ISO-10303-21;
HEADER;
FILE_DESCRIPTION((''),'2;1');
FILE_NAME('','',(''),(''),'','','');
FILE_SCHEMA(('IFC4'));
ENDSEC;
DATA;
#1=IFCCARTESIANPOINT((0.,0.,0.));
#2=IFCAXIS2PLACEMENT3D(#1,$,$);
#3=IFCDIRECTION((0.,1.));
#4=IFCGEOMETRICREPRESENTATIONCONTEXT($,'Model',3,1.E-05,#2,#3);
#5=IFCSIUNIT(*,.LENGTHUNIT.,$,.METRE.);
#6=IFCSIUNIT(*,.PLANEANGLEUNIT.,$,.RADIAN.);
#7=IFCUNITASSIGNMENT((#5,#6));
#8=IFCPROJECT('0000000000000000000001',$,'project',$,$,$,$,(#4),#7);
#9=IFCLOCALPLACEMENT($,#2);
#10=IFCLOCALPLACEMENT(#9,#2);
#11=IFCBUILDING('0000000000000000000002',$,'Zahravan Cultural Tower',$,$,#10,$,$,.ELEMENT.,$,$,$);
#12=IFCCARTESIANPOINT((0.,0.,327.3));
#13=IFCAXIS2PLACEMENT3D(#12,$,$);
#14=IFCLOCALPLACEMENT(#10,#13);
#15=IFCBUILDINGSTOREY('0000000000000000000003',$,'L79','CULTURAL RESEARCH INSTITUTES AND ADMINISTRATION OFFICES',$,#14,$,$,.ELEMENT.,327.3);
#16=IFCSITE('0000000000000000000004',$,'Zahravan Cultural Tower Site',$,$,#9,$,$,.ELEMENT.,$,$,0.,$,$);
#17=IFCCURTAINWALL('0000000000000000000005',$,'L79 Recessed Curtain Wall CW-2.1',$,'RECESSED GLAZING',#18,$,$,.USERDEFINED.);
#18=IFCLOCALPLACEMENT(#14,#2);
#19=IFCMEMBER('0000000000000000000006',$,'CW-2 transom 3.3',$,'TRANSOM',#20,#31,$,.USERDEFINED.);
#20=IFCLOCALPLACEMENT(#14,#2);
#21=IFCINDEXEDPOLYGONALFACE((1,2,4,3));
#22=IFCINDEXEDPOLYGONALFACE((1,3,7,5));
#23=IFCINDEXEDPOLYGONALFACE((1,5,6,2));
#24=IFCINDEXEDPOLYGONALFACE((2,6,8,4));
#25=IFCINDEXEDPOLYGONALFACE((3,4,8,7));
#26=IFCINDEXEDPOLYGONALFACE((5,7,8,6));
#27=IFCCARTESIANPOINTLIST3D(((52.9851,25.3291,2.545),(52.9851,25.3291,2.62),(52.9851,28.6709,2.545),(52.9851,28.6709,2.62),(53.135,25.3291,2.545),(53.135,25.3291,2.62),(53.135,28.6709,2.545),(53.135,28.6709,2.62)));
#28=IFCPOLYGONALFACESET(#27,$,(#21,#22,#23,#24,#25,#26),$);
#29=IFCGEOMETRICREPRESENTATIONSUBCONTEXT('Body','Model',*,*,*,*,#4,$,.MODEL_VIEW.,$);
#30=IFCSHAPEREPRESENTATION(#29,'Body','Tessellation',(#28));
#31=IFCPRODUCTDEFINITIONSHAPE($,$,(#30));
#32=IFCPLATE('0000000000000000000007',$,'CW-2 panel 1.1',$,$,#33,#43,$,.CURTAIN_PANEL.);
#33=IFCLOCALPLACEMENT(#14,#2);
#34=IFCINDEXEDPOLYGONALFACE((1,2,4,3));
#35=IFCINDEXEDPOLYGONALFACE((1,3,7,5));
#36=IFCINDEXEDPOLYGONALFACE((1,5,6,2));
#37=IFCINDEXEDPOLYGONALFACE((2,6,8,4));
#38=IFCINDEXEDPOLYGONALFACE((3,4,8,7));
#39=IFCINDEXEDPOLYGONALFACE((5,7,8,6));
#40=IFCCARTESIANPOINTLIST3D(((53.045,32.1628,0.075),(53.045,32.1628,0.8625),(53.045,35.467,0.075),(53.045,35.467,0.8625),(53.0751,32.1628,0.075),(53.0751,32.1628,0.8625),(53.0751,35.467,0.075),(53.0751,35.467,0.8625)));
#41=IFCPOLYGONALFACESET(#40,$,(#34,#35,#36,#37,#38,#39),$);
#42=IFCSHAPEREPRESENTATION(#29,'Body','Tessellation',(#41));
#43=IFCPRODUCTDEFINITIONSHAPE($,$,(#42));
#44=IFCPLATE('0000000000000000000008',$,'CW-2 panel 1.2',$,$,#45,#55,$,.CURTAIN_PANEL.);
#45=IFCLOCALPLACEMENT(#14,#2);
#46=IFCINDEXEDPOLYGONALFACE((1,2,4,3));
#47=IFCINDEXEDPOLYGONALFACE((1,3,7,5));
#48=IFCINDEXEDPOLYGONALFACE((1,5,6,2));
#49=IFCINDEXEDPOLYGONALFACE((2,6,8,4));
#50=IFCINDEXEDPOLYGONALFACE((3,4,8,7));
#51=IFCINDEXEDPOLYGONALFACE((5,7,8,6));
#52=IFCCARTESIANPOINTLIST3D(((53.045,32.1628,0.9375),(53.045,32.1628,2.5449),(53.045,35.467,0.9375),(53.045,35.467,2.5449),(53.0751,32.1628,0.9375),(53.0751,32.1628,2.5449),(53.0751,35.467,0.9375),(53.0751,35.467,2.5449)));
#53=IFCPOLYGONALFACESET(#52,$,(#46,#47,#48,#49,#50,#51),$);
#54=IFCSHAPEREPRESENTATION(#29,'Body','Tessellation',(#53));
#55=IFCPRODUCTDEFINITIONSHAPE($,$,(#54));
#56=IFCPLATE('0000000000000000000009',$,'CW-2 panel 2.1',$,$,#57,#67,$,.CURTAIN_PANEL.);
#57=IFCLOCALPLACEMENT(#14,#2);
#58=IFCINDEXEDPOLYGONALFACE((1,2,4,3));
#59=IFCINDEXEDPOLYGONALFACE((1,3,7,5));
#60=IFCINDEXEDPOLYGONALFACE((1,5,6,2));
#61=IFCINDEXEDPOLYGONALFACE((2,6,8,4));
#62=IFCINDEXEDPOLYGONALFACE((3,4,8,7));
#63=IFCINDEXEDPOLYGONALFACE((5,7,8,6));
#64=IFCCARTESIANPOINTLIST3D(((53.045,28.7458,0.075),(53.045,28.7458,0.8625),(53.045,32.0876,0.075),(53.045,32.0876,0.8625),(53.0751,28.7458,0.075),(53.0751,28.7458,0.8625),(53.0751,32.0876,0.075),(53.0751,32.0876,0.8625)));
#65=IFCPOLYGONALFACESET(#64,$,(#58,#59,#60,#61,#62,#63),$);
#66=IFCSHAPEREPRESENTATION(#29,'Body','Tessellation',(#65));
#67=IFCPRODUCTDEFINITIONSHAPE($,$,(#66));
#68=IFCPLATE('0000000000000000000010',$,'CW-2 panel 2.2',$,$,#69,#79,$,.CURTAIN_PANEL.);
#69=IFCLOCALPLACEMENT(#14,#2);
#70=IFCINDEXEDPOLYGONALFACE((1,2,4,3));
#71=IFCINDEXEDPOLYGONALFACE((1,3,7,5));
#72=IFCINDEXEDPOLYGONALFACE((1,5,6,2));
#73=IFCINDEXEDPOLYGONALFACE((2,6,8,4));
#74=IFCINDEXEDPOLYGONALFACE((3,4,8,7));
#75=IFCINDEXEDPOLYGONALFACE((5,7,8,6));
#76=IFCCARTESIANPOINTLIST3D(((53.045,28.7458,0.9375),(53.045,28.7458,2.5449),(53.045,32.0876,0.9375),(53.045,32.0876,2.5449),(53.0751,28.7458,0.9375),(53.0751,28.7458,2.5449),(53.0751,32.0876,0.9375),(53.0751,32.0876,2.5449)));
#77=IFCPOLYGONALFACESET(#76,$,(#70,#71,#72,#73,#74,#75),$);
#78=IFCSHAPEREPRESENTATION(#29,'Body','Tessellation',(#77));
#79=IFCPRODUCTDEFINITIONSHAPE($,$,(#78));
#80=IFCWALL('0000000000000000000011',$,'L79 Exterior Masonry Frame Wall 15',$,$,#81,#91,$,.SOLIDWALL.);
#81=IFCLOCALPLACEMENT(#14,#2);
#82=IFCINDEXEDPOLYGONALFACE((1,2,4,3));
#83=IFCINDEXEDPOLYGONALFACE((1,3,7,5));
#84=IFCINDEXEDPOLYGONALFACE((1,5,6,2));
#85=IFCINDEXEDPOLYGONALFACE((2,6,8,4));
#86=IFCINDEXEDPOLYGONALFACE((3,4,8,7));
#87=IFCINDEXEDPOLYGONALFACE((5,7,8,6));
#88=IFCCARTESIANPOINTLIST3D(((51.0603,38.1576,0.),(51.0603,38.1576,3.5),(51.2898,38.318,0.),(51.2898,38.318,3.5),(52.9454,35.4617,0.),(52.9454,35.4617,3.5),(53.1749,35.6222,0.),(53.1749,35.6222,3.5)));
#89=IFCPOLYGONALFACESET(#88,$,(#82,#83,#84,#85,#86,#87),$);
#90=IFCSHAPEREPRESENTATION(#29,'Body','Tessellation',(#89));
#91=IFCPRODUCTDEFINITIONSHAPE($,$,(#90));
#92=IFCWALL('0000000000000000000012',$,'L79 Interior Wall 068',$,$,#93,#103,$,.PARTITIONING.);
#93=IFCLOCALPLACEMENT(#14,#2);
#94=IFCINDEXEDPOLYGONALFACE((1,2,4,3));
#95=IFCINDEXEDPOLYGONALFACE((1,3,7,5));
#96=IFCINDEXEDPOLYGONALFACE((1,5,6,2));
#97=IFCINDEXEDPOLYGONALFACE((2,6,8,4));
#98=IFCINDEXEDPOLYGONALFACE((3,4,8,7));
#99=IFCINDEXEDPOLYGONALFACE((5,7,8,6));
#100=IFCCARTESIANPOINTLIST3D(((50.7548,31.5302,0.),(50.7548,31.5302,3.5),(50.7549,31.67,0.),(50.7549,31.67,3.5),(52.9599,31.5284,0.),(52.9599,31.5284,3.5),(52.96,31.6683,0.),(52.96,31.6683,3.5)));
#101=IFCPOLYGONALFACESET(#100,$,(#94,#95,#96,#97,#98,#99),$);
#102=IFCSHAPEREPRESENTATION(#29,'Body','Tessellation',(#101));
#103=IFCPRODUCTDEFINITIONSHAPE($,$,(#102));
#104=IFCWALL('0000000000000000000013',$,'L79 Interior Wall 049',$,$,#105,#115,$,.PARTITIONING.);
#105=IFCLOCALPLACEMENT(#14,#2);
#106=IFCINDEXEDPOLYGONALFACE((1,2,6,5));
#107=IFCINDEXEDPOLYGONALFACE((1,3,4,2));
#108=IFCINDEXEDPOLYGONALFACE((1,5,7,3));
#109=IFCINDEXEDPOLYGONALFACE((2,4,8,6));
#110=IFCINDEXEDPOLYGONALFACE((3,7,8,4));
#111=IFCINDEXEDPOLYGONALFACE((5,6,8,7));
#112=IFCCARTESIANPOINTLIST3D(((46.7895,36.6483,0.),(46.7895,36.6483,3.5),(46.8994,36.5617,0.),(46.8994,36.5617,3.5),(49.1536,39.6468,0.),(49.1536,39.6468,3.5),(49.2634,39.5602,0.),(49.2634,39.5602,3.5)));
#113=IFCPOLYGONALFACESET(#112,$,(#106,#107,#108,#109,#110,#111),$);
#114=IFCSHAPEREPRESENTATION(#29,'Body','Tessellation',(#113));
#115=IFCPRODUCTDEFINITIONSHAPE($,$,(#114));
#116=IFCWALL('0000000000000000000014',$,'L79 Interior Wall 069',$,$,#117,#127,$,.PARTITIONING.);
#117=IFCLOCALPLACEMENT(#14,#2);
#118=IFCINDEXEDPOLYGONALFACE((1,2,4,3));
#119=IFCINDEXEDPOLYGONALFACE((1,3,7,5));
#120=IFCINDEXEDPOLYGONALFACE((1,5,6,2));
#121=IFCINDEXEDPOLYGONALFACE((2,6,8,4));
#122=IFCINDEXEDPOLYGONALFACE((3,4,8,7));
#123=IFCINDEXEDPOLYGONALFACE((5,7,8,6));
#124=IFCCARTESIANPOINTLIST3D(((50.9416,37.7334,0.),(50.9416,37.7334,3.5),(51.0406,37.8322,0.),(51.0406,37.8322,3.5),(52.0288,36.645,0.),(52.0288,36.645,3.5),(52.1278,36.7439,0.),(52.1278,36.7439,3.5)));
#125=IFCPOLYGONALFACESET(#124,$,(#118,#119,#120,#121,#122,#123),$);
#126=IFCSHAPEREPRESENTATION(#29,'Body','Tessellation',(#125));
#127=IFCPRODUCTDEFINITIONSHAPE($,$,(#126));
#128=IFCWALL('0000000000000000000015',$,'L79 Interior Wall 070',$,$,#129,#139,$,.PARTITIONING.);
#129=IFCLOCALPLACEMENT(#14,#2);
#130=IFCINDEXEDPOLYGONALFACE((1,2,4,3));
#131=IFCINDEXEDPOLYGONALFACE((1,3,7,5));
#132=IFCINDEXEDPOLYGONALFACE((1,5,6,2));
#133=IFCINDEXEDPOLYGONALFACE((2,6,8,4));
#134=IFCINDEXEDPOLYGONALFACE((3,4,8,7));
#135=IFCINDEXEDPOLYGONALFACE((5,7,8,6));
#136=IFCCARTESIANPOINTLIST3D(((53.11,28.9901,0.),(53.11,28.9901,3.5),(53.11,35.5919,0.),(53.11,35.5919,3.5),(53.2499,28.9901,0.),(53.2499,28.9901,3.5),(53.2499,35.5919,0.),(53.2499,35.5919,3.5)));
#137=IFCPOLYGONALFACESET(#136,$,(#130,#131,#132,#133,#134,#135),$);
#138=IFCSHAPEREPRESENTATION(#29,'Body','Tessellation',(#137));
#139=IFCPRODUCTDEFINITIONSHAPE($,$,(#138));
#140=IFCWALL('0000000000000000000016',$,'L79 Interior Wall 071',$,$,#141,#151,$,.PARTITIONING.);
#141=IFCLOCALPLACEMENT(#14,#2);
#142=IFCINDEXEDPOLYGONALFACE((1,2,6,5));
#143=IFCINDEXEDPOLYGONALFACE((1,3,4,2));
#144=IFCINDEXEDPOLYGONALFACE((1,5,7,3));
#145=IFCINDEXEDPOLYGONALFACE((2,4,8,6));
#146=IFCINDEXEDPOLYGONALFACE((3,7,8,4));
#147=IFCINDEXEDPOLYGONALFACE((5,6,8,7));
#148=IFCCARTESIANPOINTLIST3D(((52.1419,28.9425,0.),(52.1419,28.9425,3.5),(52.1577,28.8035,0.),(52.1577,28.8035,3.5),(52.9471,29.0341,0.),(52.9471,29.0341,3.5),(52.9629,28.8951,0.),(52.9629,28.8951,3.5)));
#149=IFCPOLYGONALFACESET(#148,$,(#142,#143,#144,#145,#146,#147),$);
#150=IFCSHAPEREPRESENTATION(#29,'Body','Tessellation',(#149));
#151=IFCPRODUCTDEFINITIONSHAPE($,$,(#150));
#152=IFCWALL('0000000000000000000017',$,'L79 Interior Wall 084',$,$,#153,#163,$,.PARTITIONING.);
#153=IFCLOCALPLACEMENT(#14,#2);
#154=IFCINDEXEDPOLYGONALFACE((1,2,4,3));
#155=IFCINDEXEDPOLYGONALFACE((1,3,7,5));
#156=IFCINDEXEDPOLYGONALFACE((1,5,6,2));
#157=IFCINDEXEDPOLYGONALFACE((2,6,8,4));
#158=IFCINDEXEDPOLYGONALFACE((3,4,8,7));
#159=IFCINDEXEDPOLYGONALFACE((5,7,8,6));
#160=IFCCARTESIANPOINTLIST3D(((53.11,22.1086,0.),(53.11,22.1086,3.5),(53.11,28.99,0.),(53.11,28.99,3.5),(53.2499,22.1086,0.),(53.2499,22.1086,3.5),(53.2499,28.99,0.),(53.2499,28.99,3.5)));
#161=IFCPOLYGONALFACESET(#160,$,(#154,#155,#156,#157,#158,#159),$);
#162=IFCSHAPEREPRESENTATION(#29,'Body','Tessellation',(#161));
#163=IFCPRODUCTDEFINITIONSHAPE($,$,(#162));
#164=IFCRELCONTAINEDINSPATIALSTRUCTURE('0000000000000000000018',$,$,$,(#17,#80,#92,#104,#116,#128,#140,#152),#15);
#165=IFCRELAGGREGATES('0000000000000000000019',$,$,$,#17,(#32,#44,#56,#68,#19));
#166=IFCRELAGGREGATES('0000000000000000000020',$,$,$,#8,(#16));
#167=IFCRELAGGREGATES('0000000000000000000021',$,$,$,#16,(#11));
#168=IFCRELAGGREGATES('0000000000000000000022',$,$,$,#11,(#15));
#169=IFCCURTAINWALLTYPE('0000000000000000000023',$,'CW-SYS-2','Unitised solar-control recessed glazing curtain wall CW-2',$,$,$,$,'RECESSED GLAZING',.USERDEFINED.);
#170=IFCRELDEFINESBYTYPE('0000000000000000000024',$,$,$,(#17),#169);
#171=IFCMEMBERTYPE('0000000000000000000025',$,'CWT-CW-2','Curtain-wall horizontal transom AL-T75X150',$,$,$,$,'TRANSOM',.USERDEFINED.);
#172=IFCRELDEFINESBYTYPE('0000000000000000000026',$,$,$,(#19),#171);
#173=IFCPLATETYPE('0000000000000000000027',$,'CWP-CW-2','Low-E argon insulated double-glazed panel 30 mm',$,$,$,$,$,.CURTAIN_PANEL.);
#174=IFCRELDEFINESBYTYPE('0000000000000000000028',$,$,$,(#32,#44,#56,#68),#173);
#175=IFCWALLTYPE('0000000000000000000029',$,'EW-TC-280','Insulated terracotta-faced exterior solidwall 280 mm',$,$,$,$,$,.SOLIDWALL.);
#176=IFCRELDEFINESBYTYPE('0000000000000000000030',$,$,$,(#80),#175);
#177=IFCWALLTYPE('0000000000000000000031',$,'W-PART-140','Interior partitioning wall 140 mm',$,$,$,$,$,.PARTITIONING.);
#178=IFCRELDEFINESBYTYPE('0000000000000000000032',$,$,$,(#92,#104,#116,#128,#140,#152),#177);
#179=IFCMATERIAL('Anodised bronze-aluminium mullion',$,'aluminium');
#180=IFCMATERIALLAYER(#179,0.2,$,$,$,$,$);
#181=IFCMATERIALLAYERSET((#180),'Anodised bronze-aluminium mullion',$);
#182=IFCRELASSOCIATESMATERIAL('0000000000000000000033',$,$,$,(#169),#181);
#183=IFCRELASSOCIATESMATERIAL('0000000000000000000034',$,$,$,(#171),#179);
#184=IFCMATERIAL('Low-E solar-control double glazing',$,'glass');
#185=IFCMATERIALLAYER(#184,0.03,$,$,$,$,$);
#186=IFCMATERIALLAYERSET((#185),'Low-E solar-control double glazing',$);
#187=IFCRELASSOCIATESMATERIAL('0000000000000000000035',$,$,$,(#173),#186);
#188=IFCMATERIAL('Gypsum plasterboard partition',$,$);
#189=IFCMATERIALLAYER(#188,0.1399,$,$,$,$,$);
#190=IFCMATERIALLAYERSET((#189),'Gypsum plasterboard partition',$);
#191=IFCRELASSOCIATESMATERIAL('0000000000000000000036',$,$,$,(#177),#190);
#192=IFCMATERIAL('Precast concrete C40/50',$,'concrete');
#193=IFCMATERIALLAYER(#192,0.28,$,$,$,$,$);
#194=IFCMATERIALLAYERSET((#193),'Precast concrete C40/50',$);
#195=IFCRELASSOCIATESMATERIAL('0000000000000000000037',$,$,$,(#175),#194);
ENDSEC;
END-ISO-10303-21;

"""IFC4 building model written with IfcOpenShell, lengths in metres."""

from ifc_helpers import new_model, si_unit, direction, frame, frame_2d, origin, origin_2d, place, context, subcontext, project, spatial, rectangle, extrude, source, transform, mapped, material, layer, layer_set, material_profile, profile_set, type_object, element, aggregate, save


model = new_model("IFC4")

# Units and contexts
model_context = context("Model", 3, precision=1e-05, world=origin(), true_north=direction((0.0, 1.0)))
body_context = subcontext(model_context, "Body", "Model", "MODEL_VIEW")
ifc_project = project(units=[si_unit("LENGTHUNIT", "METRE"), si_unit("PLANEANGLEUNIT", "RADIAN")], contexts=[model_context])

# Site, building, storey
site_placement = place(None, origin())
site = spatial("IfcSite", under=ifc_project, at=site_placement, Name="Zahravan Cultural Tower Site", CompositionType="ELEMENT", RefElevation=0.0)
building_placement = place(site_placement, origin())
building = spatial("IfcBuilding", under=site, at=building_placement, Name="Zahravan Cultural Tower", CompositionType="ELEMENT")
storey_placement = place(building_placement, frame((0.0, 0.0, 327.3)))
storey = spatial("IfcBuildingStorey", under=building, at=storey_placement, Name="L79", Description="CULTURAL RESEARCH INSTITUTES AND ADMINISTRATION OFFICES", CompositionType="ELEMENT", Elevation=327.3)

# Curtain wall, member, plates
ifc_material_1 = material(Name="Anodised bronze-aluminium mullion", Category="aluminium")
ifc_layer_1 = layer(ifc_material_1, 0.2)
ifc_layer_set_1 = layer_set([ifc_layer_1], Name="Anodised bronze-aluminium mullion")
curtain_wall_type = type_object("IfcCurtainWallType", Name="CW-SYS-2", Description="Unitised solar-control recessed glazing curtain wall CW-2", ElementType="RECESSED GLAZING", PredefinedType="USERDEFINED", material=ifc_layer_set_1)
curtain_wall_placement = place(storey_placement, origin())
curtain_wall = element("IfcCurtainWall", 1, at=curtain_wall_placement, inside=storey, type_object=curtain_wall_type, Name="L79 Recessed Curtain Wall CW-2.1", ObjectType="RECESSED GLAZING", PredefinedType="USERDEFINED")
ifc_material_profile_1 = material_profile(ifc_material_1, rectangle(XDim=0.1499, YDim=0.075, at=origin_2d()), Name="AL-T75X150")
ifc_profile_set_1 = profile_set([ifc_material_profile_1], Name="Anodised bronze-aluminium mullion")
member_type_1 = type_object("IfcMemberType", Name="CWT-CW-2", Description="Curtain-wall horizontal transom AL-T75X150", ElementType="TRANSOM", PredefinedType="USERDEFINED", material=ifc_profile_set_1)
shared_shape_1 = source(origin(), body_context, "Body", "SweptSolid", [
    extrude(rectangle(XDim=0.1499, YDim=0.075, at=origin_2d()), origin(), (0.0, 0.0, 1.0), 3.3418),
])
member_1_placement = place(storey_placement, frame((53.0601, 28.6709, 2.5825), z_axis=(0.0, -1.0, 0.0), x_axis=(1.0, 0.0, 0.0)))
member_1 = element("IfcMember", 2, at=member_1_placement, type_object=member_type_1, Name="CW-2 transom 3.3", ObjectType="TRANSOM", PredefinedType="USERDEFINED", context=body_context, shape_type="MappedRepresentation", body=[
    mapped(shared_shape_1, transform((0.0, 0.0, 0.0), x_axis=(1.0, 0.0, 0.0), y_axis=(0.0, 1.0, 0.0), z_axis=(0.0, 0.0, 1.0), scale=1.0)),
])
ifc_material_2 = material(Name="Low-E solar-control double glazing", Category="glass")
ifc_layer_2 = layer(ifc_material_2, 0.03)
ifc_layer_set_2 = layer_set([ifc_layer_2], Name="Low-E solar-control double glazing")
plate_type = type_object("IfcPlateType", Name="CWP-CW-2", Description="Low-E argon insulated double-glazed panel 30 mm", PredefinedType="CURTAIN_PANEL", material=ifc_layer_set_2)
shared_shape_2 = source(origin(), body_context, "Body", "SweptSolid", [
    extrude(rectangle(XDim=3.3042, YDim=0.03, at=origin_2d()), origin(), (0.0, 0.0, 1.0), 0.7876),
])
plate_1_placement = place(storey_placement, frame((53.0601, 33.8149, 0.075), z_axis=(0.0, 0.0, 1.0), x_axis=(0.0, -1.0, 0.0)))
plate_1 = element("IfcPlate", 3, at=plate_1_placement, type_object=plate_type, Name="CW-2 panel 1.1", PredefinedType="CURTAIN_PANEL", context=body_context, shape_type="MappedRepresentation", body=[
    mapped(shared_shape_2, transform((0.0, 0.0, 0.0), x_axis=(1.0, 0.0, 0.0), y_axis=(0.0, 1.0, 0.0), z_axis=(0.0, 0.0, 1.0), scale=1.0)),
])
shared_shape_3 = source(origin(), body_context, "Body", "SweptSolid", [
    extrude(rectangle(XDim=3.3042, YDim=0.03, at=origin_2d()), origin(), (0.0, 0.0, 1.0), 1.6074),
])
plate_2_placement = place(storey_placement, frame((53.0601, 33.8149, 0.9375), z_axis=(0.0, 0.0, 1.0), x_axis=(0.0, -1.0, 0.0)))
plate_2 = element("IfcPlate", 4, at=plate_2_placement, type_object=plate_type, Name="CW-2 panel 1.2", PredefinedType="CURTAIN_PANEL", context=body_context, shape_type="MappedRepresentation", body=[
    mapped(shared_shape_3, transform((0.0, 0.0, 0.0), x_axis=(1.0, 0.0, 0.0), y_axis=(0.0, 1.0, 0.0), z_axis=(0.0, 0.0, 1.0), scale=1.0)),
])
shared_shape_4 = source(origin(), body_context, "Body", "SweptSolid", [
    extrude(rectangle(XDim=3.3418, YDim=0.03, at=origin_2d()), origin(), (0.0, 0.0, 1.0), 0.7876),
])
plate_3_placement = place(storey_placement, frame((53.0601, 30.4167, 0.075), z_axis=(0.0, 0.0, 1.0), x_axis=(0.0, -1.0, 0.0)))
plate_3 = element("IfcPlate", 5, at=plate_3_placement, type_object=plate_type, Name="CW-2 panel 2.1", PredefinedType="CURTAIN_PANEL", context=body_context, shape_type="MappedRepresentation", body=[
    mapped(shared_shape_4, transform((0.0, 0.0, 0.0), x_axis=(1.0, 0.0, 0.0), y_axis=(0.0, 1.0, 0.0), z_axis=(0.0, 0.0, 1.0), scale=1.0)),
])
shared_shape_5 = source(origin(), body_context, "Body", "SweptSolid", [
    extrude(rectangle(XDim=3.3418, YDim=0.03, at=origin_2d()), origin(), (0.0, 0.0, 1.0), 1.6074),
])
plate_4_placement = place(storey_placement, frame((53.0601, 30.4167, 0.9375), z_axis=(0.0, 0.0, 1.0), x_axis=(0.0, -1.0, 0.0)))
plate_4 = element("IfcPlate", 6, at=plate_4_placement, type_object=plate_type, Name="CW-2 panel 2.2", PredefinedType="CURTAIN_PANEL", context=body_context, shape_type="MappedRepresentation", body=[
    mapped(shared_shape_5, transform((0.0, 0.0, 0.0), x_axis=(1.0, 0.0, 0.0), y_axis=(0.0, 1.0, 0.0), z_axis=(0.0, 0.0, 1.0), scale=1.0)),
])
aggregate(curtain_wall, [plate_1, plate_2, plate_3, plate_4, member_1])

# Shared definitions
ifc_material_3 = material(Name="Gypsum plasterboard partition")
ifc_layer_3 = layer(ifc_material_3, 0.1399)
ifc_layer_set_3 = layer_set([ifc_layer_3], Name="Gypsum plasterboard partition")
wall_type_1 = type_object("IfcWallType", Name="W-PART-140", Description="Interior partitioning wall 140 mm", PredefinedType="PARTITIONING", material=ifc_layer_set_3)

# Walls
ifc_material_4 = material(Name="Precast concrete C40/50", Category="concrete")
ifc_layer_4 = layer(ifc_material_4, 0.28)
ifc_layer_set_4 = layer_set([ifc_layer_4], Name="Precast concrete C40/50")
wall_type_2 = type_object("IfcWallType", Name="EW-TC-280", Description="Insulated terracotta-faced exterior solidwall 280 mm", PredefinedType="SOLIDWALL", material=ifc_layer_set_4)
shared_shape_6 = source(origin(), body_context, "Body", "SweptSolid", [
    extrude(rectangle(XDim=3.2896, YDim=0.28, at=frame_2d((1.6448, 0.0))), origin(), (0.0, 0.0, 1.0), 3.5),
])
wall_1_placement = place(storey_placement, frame((51.175, 38.2378, 0.0), z_axis=(0.0, 0.0, 1.0), x_axis=(0.573044, -0.819525, 0.0)))
element("IfcWall", 7, at=wall_1_placement, inside=storey, type_object=wall_type_2, Name="L79 Exterior Masonry Frame Wall 15", PredefinedType="SOLIDWALL", context=body_context, shape_type="MappedRepresentation", body=[
    mapped(shared_shape_6, transform((0.0, 0.0, 0.0), x_axis=(1.0, 0.0, 0.0), y_axis=(0.0, 1.0, 0.0), z_axis=(0.0, 0.0, 1.0), scale=1.0)),
])
shared_shape_7 = source(origin(), body_context, "Body", "SweptSolid", [
    extrude(rectangle(XDim=2.2051, YDim=0.1399, at=frame_2d((1.1025, 0.0))), origin(), (0.0, 0.0, 1.0), 3.5),
])
wall_2_placement = place(storey_placement, frame((52.96, 31.5984, 0.0), z_axis=(0.0, 0.0, 1.0), x_axis=(-1.0, 0.000775, 0.0)))
element("IfcWall", 8, at=wall_2_placement, inside=storey, type_object=wall_type_1, Name="L79 Interior Wall 068", PredefinedType="PARTITIONING", context=body_context, shape_type="MappedRepresentation", body=[
    mapped(shared_shape_7, transform((0.0, 0.0, 0.0), x_axis=(1.0, 0.0, 0.0), y_axis=(0.0, 1.0, 0.0), z_axis=(0.0, 0.0, 1.0), scale=1.0)),
])
shared_shape_8 = source(origin(), body_context, "Body", "SweptSolid", [
    extrude(rectangle(XDim=3.8184, YDim=0.1399, at=frame_2d((1.9092, 0.0))), origin(), (0.0, 0.0, 1.0), 3.5),
])
wall_3_placement = place(storey_placement, frame((49.2085, 39.6035, 0.0), z_axis=(0.0, 0.0, 1.0), x_axis=(-0.61912, -0.785297, 0.0)))
element("IfcWall", 9, at=wall_3_placement, inside=storey, type_object=wall_type_1, Name="L79 Interior Wall 049", PredefinedType="PARTITIONING", context=body_context, shape_type="MappedRepresentation", body=[
    mapped(shared_shape_8, transform((0.0, 0.0, 0.0), x_axis=(1.0, 0.0, 0.0), y_axis=(0.0, 1.0, 0.0), z_axis=(0.0, 0.0, 1.0), scale=1.0)),
])
shared_shape_9 = source(origin(), body_context, "Body", "SweptSolid", [
    extrude(rectangle(XDim=1.5383, YDim=0.1399, at=frame_2d((0.769, 0.0))), origin(), (0.0, 0.0, 1.0), 3.5),
])
wall_4_placement = place(storey_placement, frame((50.9912, 37.7827, 0.0), z_axis=(0.0, 0.0, 1.0), x_axis=(0.70671, -0.707503, 0.0)))
element("IfcWall", 10, at=wall_4_placement, inside=storey, type_object=wall_type_1, Name="L79 Interior Wall 069", PredefinedType="PARTITIONING", context=body_context, shape_type="MappedRepresentation", body=[
    mapped(shared_shape_9, transform((0.0, 0.0, 0.0), x_axis=(1.0, 0.0, 0.0), y_axis=(0.0, 1.0, 0.0), z_axis=(0.0, 0.0, 1.0), scale=1.0)),
])
shared_shape_10 = source(origin(), body_context, "Body", "SweptSolid", [
    extrude(rectangle(XDim=6.6018, YDim=0.1399, at=frame_2d((3.3008, 0.0))), origin(), (0.0, 0.0, 1.0), 3.5),
])
wall_5_placement = place(storey_placement, frame((53.1799, 35.5918, 0.0), z_axis=(0.0, 0.0, 1.0), x_axis=(0.0, -1.0, 0.0)))
element("IfcWall", 11, at=wall_5_placement, inside=storey, type_object=wall_type_1, Name="L79 Interior Wall 070", PredefinedType="PARTITIONING", context=body_context, shape_type="MappedRepresentation", body=[
    mapped(shared_shape_10, transform((0.0, 0.0, 0.0), x_axis=(1.0, 0.0, 0.0), y_axis=(0.0, 1.0, 0.0), z_axis=(0.0, 0.0, 1.0), scale=1.0)),
])
shared_shape_11 = source(origin(), body_context, "Body", "SweptSolid", [
    extrude(rectangle(XDim=0.8103, YDim=0.1399, at=frame_2d((0.4053, 0.0))), origin(), (0.0, 0.0, 1.0), 3.5),
])
wall_6_placement = place(storey_placement, frame((52.9551, 28.9646, 0.0), z_axis=(0.0, 0.0, 1.0), x_axis=(-0.993598, -0.112977, 0.0)))
element("IfcWall", 12, at=wall_6_placement, inside=storey, type_object=wall_type_1, Name="L79 Interior Wall 071", PredefinedType="PARTITIONING", context=body_context, shape_type="MappedRepresentation", body=[
    mapped(shared_shape_11, transform((0.0, 0.0, 0.0), x_axis=(1.0, 0.0, 0.0), y_axis=(0.0, 1.0, 0.0), z_axis=(0.0, 0.0, 1.0), scale=1.0)),
])
shared_shape_12 = source(origin(), body_context, "Body", "SweptSolid", [
    extrude(rectangle(XDim=6.8813, YDim=0.1399, at=frame_2d((3.4407, 0.0))), origin(), (0.0, 0.0, 1.0), 3.5),
])
wall_7_placement = place(storey_placement, frame((53.1799, 28.99, 0.0), z_axis=(0.0, 0.0, 1.0), x_axis=(0.0, -1.0, 0.0)))
element("IfcWall", 13, at=wall_7_placement, inside=storey, type_object=wall_type_1, Name="L79 Interior Wall 084", PredefinedType="PARTITIONING", context=body_context, shape_type="MappedRepresentation", body=[
    mapped(shared_shape_12, transform((0.0, 0.0, 0.0), x_axis=(1.0, 0.0, 0.0), y_axis=(0.0, 1.0, 0.0), z_axis=(0.0, 0.0, 1.0), scale=1.0)),
])

save(model, "model.ifc")
